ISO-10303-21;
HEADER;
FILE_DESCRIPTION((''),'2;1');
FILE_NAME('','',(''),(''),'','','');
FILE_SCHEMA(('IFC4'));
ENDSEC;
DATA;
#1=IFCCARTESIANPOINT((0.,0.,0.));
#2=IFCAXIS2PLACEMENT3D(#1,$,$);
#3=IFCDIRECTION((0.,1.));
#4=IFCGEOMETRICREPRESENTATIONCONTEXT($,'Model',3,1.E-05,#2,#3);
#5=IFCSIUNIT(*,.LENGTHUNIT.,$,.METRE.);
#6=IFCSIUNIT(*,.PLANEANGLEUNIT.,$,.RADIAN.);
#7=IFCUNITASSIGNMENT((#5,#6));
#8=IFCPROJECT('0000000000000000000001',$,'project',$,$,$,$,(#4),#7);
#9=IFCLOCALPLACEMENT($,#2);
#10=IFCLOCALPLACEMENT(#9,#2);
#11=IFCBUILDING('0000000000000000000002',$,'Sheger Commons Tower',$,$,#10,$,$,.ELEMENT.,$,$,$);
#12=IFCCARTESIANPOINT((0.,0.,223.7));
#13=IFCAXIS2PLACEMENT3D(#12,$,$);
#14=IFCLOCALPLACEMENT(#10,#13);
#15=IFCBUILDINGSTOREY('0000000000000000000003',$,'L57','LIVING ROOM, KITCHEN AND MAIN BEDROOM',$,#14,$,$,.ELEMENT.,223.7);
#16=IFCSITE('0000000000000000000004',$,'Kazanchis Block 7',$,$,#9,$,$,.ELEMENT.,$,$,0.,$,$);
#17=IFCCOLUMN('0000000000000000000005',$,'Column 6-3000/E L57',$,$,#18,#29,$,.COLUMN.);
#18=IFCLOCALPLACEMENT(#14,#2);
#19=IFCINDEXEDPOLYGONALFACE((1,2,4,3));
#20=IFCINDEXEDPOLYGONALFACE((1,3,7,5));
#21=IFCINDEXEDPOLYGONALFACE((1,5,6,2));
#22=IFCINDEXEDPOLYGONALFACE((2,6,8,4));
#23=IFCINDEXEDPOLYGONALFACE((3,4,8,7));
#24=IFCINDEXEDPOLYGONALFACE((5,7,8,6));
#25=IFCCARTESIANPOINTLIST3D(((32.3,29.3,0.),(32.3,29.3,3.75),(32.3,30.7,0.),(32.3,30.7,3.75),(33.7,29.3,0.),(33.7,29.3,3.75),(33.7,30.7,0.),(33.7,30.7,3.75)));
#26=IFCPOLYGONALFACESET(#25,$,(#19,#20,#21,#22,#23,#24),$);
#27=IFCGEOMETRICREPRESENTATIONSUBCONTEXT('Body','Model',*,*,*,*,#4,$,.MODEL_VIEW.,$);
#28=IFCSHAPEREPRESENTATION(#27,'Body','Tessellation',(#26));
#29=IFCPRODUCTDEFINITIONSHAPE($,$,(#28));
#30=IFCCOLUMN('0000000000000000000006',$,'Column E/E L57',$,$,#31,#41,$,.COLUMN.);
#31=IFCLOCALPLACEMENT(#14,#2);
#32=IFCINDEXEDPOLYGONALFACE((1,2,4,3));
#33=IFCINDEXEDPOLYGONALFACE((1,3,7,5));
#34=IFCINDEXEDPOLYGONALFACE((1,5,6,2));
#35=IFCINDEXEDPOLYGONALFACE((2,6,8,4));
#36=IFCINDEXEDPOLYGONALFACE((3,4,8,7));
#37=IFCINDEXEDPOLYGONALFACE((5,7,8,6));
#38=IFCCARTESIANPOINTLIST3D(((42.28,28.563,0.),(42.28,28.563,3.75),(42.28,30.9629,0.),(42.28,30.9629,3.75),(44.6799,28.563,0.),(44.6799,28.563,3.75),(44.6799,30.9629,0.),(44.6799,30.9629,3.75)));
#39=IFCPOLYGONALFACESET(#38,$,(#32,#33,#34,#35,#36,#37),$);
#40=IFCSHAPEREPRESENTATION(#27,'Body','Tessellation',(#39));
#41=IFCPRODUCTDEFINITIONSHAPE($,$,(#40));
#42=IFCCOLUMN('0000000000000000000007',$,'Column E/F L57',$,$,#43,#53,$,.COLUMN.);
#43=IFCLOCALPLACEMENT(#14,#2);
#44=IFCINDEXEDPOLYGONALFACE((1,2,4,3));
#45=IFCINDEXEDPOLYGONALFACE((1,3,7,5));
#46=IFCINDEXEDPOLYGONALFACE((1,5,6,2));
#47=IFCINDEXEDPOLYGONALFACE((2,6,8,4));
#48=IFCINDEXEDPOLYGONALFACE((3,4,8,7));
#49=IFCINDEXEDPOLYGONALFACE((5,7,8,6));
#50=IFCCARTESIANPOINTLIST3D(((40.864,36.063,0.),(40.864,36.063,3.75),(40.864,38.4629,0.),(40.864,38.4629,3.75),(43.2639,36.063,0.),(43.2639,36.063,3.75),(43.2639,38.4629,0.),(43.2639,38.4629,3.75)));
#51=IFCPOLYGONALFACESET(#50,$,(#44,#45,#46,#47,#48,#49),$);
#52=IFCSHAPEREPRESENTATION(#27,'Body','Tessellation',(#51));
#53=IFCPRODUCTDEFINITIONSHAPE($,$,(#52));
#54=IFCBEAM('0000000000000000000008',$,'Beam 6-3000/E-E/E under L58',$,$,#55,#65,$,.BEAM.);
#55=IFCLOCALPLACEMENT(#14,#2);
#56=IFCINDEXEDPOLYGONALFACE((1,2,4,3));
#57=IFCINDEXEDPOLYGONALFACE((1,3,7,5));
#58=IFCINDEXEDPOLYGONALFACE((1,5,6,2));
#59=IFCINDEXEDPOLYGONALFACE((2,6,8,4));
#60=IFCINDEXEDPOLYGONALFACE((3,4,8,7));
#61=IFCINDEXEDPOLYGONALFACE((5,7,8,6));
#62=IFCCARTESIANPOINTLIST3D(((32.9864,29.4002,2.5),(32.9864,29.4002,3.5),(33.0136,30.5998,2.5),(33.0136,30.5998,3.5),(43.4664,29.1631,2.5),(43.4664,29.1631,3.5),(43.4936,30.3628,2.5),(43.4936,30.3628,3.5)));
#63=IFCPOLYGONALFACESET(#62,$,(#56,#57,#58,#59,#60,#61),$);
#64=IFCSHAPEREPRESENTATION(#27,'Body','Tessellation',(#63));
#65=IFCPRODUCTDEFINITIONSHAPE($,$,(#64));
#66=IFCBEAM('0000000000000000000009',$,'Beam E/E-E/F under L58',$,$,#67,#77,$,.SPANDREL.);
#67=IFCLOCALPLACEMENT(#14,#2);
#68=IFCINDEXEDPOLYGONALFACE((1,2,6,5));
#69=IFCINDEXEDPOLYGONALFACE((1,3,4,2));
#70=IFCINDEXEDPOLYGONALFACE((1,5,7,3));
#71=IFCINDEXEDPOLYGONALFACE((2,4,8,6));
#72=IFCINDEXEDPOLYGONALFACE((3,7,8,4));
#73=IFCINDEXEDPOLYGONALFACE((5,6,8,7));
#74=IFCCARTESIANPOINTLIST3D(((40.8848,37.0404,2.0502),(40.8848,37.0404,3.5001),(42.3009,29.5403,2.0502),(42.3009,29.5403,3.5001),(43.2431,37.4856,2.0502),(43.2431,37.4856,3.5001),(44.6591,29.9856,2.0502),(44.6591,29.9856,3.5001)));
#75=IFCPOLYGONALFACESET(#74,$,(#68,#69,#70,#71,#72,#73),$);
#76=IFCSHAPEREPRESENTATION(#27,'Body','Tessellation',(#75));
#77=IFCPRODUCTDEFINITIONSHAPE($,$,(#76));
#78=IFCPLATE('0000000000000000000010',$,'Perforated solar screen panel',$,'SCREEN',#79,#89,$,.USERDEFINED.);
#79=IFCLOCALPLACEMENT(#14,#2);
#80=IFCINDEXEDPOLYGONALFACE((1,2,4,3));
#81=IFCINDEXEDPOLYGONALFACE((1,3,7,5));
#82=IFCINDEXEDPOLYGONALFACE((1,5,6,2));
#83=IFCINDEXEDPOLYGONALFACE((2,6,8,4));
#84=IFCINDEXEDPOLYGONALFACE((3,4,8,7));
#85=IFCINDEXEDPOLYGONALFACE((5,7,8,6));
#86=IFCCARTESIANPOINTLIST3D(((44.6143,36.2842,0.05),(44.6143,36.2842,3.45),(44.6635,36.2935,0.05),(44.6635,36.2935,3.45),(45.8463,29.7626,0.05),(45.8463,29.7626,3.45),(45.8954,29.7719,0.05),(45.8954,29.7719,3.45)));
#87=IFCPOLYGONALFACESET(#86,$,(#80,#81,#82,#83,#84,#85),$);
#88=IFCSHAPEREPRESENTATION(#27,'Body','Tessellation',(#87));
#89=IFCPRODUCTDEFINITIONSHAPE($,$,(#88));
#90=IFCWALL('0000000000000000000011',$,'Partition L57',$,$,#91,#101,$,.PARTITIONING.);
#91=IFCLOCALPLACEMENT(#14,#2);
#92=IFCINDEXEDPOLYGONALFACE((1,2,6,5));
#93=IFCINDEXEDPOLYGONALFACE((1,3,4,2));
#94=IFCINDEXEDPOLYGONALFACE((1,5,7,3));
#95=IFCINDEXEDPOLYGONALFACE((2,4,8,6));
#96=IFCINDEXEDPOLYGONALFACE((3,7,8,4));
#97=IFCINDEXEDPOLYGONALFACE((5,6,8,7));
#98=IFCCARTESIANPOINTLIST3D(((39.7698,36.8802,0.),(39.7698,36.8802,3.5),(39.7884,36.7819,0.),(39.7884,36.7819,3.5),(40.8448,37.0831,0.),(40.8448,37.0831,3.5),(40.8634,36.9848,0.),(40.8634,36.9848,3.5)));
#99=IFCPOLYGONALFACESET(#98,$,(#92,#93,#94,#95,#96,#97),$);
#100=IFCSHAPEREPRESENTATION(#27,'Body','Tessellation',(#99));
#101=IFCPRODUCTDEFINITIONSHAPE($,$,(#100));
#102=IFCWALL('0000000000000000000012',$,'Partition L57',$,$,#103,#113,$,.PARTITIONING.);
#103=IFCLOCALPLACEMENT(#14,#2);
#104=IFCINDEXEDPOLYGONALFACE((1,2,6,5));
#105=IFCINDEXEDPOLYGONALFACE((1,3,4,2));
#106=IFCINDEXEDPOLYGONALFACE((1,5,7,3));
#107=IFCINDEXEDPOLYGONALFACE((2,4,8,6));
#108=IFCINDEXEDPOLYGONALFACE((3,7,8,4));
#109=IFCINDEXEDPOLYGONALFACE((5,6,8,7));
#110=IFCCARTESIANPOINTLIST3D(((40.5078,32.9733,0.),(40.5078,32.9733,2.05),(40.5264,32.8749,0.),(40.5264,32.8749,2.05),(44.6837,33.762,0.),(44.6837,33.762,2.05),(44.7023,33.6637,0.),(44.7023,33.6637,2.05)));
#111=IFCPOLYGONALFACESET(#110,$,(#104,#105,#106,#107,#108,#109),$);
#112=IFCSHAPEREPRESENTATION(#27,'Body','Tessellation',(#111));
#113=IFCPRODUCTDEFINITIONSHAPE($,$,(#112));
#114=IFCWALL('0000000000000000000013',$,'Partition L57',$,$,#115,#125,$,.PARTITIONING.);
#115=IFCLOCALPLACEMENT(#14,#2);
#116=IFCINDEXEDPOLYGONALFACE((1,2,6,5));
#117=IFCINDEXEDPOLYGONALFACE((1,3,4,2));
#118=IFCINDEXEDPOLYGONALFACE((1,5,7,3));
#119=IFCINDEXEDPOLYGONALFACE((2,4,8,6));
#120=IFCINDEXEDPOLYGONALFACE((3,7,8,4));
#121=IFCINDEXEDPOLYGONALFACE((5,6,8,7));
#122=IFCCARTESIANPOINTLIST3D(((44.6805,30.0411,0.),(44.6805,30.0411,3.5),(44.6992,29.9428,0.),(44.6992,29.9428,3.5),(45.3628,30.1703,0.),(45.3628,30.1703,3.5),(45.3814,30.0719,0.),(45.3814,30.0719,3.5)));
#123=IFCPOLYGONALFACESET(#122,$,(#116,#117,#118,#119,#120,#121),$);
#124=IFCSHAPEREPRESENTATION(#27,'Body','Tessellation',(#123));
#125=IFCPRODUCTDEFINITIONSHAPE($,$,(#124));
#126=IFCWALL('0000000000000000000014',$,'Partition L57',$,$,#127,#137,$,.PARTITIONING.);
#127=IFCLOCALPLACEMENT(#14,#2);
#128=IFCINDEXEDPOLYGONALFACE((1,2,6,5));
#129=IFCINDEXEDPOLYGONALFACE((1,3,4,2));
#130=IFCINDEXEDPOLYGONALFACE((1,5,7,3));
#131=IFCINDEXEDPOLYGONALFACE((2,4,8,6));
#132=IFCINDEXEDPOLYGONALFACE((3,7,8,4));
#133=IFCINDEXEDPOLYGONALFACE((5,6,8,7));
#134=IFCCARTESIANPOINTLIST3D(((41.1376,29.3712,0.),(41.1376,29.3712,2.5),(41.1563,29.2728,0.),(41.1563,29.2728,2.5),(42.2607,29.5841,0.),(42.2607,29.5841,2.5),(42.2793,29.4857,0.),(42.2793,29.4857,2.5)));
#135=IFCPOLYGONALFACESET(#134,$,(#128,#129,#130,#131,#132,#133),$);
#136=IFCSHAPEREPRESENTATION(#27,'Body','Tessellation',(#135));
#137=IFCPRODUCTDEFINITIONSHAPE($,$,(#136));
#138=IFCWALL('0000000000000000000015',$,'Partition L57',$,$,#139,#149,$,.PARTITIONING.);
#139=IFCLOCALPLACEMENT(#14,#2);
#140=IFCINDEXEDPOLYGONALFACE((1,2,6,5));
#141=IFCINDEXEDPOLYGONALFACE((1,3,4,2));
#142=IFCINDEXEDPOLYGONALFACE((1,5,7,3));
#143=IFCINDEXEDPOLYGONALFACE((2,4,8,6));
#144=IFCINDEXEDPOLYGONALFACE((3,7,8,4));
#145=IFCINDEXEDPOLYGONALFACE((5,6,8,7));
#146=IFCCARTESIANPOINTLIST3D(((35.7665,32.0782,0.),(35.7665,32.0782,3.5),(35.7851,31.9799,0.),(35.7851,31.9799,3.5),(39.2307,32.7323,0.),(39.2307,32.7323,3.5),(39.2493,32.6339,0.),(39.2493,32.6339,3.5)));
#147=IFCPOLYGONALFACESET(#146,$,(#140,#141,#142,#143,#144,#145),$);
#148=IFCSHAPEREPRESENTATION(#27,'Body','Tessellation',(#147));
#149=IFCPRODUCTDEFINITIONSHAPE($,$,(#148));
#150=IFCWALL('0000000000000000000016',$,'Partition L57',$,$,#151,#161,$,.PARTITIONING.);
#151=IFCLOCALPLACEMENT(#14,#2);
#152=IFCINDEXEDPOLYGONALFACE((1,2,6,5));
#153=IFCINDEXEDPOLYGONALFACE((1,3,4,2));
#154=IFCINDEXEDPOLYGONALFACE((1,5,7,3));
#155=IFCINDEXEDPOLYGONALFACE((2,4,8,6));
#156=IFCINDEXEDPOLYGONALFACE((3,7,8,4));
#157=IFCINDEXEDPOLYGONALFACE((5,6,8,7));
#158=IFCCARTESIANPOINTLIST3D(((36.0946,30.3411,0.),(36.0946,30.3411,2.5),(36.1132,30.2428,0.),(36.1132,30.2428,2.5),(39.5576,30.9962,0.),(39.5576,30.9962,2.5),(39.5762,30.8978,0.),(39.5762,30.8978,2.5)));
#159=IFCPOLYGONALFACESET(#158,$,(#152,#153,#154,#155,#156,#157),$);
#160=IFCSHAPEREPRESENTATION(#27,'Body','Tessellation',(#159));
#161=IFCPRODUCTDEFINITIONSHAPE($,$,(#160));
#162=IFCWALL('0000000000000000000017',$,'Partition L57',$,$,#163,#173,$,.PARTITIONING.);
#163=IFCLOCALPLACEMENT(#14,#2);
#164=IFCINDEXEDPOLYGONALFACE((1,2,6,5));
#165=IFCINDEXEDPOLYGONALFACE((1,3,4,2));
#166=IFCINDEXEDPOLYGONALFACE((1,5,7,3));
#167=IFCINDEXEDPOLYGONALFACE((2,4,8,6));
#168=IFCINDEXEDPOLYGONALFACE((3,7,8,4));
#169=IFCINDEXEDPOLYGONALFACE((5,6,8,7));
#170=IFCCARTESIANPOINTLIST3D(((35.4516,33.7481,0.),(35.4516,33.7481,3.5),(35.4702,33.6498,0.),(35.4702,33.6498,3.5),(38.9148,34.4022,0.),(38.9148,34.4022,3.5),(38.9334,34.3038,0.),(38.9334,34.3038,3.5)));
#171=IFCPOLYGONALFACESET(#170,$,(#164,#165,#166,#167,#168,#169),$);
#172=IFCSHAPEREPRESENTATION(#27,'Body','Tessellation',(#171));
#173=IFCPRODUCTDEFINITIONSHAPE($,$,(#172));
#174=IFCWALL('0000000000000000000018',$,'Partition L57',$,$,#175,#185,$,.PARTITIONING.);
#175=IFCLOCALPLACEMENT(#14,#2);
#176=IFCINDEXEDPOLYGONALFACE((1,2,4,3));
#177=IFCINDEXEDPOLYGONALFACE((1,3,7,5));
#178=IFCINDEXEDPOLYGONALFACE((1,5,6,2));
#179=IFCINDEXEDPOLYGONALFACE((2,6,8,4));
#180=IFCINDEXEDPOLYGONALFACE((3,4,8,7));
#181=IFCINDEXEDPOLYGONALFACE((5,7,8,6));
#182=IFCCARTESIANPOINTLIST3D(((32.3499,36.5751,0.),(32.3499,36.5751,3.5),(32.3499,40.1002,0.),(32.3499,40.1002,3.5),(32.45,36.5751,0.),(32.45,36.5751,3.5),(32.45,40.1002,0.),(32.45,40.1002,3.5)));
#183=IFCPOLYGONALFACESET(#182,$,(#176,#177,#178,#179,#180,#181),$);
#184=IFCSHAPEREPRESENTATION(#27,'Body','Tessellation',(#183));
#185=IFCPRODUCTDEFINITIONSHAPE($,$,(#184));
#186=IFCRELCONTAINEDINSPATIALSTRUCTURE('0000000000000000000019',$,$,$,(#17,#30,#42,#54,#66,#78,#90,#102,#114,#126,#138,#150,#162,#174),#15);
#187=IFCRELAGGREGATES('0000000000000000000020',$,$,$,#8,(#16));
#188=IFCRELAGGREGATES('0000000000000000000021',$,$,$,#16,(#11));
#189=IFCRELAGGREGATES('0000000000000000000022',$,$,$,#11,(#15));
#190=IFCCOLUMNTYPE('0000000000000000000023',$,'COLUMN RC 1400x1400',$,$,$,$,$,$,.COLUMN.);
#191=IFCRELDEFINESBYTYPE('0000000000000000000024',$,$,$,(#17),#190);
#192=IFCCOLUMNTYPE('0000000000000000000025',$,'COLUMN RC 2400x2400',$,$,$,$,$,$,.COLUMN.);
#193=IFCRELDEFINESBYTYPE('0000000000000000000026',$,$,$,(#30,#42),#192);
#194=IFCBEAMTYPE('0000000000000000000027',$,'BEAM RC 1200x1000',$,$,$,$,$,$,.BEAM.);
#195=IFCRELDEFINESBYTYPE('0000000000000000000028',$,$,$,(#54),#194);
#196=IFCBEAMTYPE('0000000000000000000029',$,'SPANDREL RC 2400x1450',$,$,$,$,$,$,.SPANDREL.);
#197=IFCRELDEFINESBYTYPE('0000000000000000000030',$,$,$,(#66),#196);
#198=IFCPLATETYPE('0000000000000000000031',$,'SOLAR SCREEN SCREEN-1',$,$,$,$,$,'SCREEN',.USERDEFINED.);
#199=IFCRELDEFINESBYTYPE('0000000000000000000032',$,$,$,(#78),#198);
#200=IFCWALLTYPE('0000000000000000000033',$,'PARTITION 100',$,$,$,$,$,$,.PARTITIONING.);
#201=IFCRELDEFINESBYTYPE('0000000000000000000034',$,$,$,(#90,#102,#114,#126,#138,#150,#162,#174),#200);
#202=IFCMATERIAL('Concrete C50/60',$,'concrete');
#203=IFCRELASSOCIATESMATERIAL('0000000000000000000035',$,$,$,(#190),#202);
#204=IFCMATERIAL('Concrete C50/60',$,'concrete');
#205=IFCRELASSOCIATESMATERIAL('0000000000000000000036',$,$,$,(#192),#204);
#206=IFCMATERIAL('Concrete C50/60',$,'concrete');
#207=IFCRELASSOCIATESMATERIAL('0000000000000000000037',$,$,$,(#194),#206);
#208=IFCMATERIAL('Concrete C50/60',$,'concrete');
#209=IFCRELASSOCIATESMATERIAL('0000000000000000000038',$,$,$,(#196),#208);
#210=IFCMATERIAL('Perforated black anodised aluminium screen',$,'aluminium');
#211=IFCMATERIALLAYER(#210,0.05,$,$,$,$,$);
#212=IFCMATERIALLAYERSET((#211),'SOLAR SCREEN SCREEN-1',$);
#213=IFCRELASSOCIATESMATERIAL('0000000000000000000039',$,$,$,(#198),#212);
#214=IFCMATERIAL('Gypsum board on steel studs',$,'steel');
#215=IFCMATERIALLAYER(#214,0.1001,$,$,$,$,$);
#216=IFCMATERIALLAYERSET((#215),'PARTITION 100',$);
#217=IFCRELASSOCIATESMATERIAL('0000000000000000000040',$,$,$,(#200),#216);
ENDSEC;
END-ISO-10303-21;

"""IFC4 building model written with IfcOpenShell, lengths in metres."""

from ifc_helpers import new_model, si_unit, direction, frame, frame_2d, origin, origin_2d, place, context, subcontext, project, spatial, rectangle, extrude, material, layer, layer_set, material_profile, profile_set, type_object, element, save


model = new_model("IFC4")

# Units and contexts
model_context = context("Model", 3, precision=1e-05, world=origin(), true_north=direction((0.0, 1.0)))
body_context = subcontext(model_context, "Body", "Model", "MODEL_VIEW")
ifc_project = project(units=[si_unit("LENGTHUNIT", "METRE"), si_unit("PLANEANGLEUNIT", "RADIAN")], contexts=[model_context])

# Site, building, storey
site_placement = place(None, origin())
site = spatial("IfcSite", under=ifc_project, at=site_placement, Name="Kazanchis Block 7", CompositionType="ELEMENT", RefElevation=0.0)
building_placement = place(site_placement, origin())
building = spatial("IfcBuilding", under=site, at=building_placement, Name="Sheger Commons Tower", CompositionType="ELEMENT")
storey_placement = place(building_placement, frame((0.0, 0.0, 223.7)))
storey = spatial("IfcBuildingStorey", under=building, at=storey_placement, Name="L57", Description="LIVING ROOM, KITCHEN AND MAIN BEDROOM", CompositionType="ELEMENT", Elevation=223.7)

# Columns
ifc_material_1 = material(Name="Concrete C50/60", Category="concrete")
ifc_material_profile_1 = material_profile(ifc_material_1, rectangle(XDim=1.3999, YDim=1.3999, at=origin_2d()), Name="RC 1400x1400")
ifc_profile_set_1 = profile_set([ifc_material_profile_1], Name="Concrete C50/60")
column_type_1 = type_object("IfcColumnType", Name="COLUMN RC 1400x1400", PredefinedType="COLUMN", material=ifc_profile_set_1)
column_placement = place(storey_placement, frame((33.0, 30.0, 0.0), z_axis=(0.0, 0.0, 1.0), x_axis=(1.0, 0.0, 0.0)))
element("IfcColumn", 1, at=column_placement, inside=storey, type_object=column_type_1, Name="Column 6-3000/E L57", PredefinedType="COLUMN", context=body_context, shape_type="SweptSolid", body=[
    extrude(rectangle(XDim=1.3999, YDim=1.3999, at=origin_2d()), origin(), (0.0, 0.0, 1.0), 3.75),
])
ifc_material_2 = material(Name="Concrete C50/60", Category="concrete")
ifc_material_profile_2 = material_profile(ifc_material_2, rectangle(XDim=2.3999, YDim=2.3999, at=origin_2d()), Name="RC 2400x2400")
ifc_profile_set_2 = profile_set([ifc_material_profile_2], Name="Concrete C50/60")
column_type_2 = type_object("IfcColumnType", Name="COLUMN RC 2400x2400", PredefinedType="COLUMN", material=ifc_profile_set_2)
for number, where, z_axis, x_axis, name in (
    (2, (43.48, 29.7629, 0.0), (0.0, 0.0, 1.0), (1.0, 0.0, 0.0), "Column E/E L57"),
    (3, (42.064, 37.2629, 0.0), (0.0, 0.0, 1.0), (1.0, 0.0, 0.0), "Column E/F L57"),
):
    element("IfcColumn", number, at=place(storey_placement, frame(where, z_axis=z_axis, x_axis=x_axis)), inside=storey, type_object=column_type_2, Name=name, PredefinedType="COLUMN", context=body_context, shape_type="SweptSolid", body=[
        extrude(rectangle(XDim=2.3999, YDim=2.3999, at=origin_2d()), origin(), (0.0, 0.0, 1.0), 3.75),
    ])

# Beams
ifc_material_3 = material(Name="Concrete C50/60", Category="concrete")
ifc_material_profile_3 = material_profile(ifc_material_3, rectangle(XDim=1.2, YDim=1.0, at=origin_2d()), Name="RC 1200x1000")
ifc_profile_set_3 = profile_set([ifc_material_profile_3], Name="Concrete C50/60")
beam_type_1 = type_object("IfcBeamType", Name="BEAM RC 1200x1000", PredefinedType="BEAM", material=ifc_profile_set_3)
beam_1_placement = place(storey_placement, frame((33.0, 30.0, 3.0), z_axis=(0.999744, -0.022615, 0.0), x_axis=(0.022615, 0.999744, 0.0)))
element("IfcBeam", 4, at=beam_1_placement, inside=storey, type_object=beam_type_1, Name="Beam 6-3000/E-E/E under L58", PredefinedType="BEAM", context=body_context, shape_type="SweptSolid", body=[
    extrude(rectangle(XDim=1.2, YDim=1.0, at=origin_2d()), origin(), (0.0, 0.0, 1.0), 10.4827),
])
ifc_material_4 = material(Name="Concrete C50/60", Category="concrete")
ifc_material_profile_4 = material_profile(ifc_material_4, rectangle(XDim=2.3999, YDim=1.45, at=origin_2d()), Name="RC 2400x1450")
ifc_profile_set_4 = profile_set([ifc_material_profile_4], Name="Concrete C50/60")
beam_type_2 = type_object("IfcBeamType", Name="SPANDREL RC 2400x1450", PredefinedType="SPANDREL", material=ifc_profile_set_4)
beam_2_placement = place(storey_placement, frame((43.48, 29.7629, 2.7751), z_axis=(-0.185524, 0.98264, 0.0), x_axis=(-0.98264, -0.185524, 0.0)))
element("IfcBeam", 5, at=beam_2_placement, inside=storey, type_object=beam_type_2, Name="Beam E/E-E/F under L58", PredefinedType="SPANDREL", context=body_context, shape_type="SweptSolid", body=[
    extrude(rectangle(XDim=2.3999, YDim=1.45, at=origin_2d()), origin(), (0.0, 0.0, 1.0), 7.6326),
])

# Plate
ifc_material_5 = material(Name="Perforated black anodised aluminium screen", Category="aluminium")
ifc_layer_1 = layer(ifc_material_5, 0.05)
ifc_layer_set_1 = layer_set([ifc_layer_1], Name="SOLAR SCREEN SCREEN-1")
plate_type = type_object("IfcPlateType", Name="SOLAR SCREEN SCREEN-1", ElementType="SCREEN", PredefinedType="USERDEFINED", material=ifc_layer_set_1)
plate_placement = place(storey_placement, frame((45.2549, 33.0281, 0.05), z_axis=(0.0, 0.0, 1.0), x_axis=(-0.185615, 0.982623, 0.0)))
element("IfcPlate", 6, at=plate_placement, inside=storey, type_object=plate_type, Name="Perforated solar screen panel", ObjectType="SCREEN", PredefinedType="USERDEFINED", context=body_context, shape_type="SweptSolid", body=[
    extrude(rectangle(XDim=6.637, YDim=0.05, at=origin_2d()), origin(), (0.0, 0.0, 1.0), 3.3999),
])

# Walls
ifc_material_6 = material(Name="Gypsum board on steel studs", Category="steel")
ifc_layer_2 = layer(ifc_material_6, 0.1001)
ifc_layer_set_2 = layer_set([ifc_layer_2], Name="PARTITION 100")
wall_type_1 = type_object("IfcWallType", Name="PARTITION 100", PredefinedType="PARTITIONING", material=ifc_layer_set_2)
wall_1_placement = place(storey_placement, frame((40.854, 37.0339, 0.0), z_axis=(0.0, 0.0, 1.0), x_axis=(-0.982652, -0.185461, 0.0)))
element("IfcWall", 7, at=wall_1_placement, inside=storey, type_object=wall_type_1, Name="Partition L57", PredefinedType="PARTITIONING", context=body_context, shape_type="SweptSolid", body=[
    extrude(rectangle(XDim=1.094, YDim=0.1001, at=frame_2d((0.5469, 0.0))), origin(), (0.0, 0.0, 1.0), 3.5),
])
wall_2_placement = place(storey_placement, frame((44.6931, 33.7129, 0.0), z_axis=(0.0, 0.0, 1.0), x_axis=(-0.982624, -0.18561, 0.0)))
element("IfcWall", 8, at=wall_2_placement, inside=storey, type_object=wall_type_1, Name="Partition L57", PredefinedType="PARTITIONING", context=body_context, shape_type="SweptSolid", body=[
    extrude(rectangle(XDim=4.2498, YDim=0.1001, at=frame_2d((2.125, 0.0))), origin(), (0.0, 0.0, 1.0), 2.05),
])
wall_3_placement = place(storey_placement, frame((45.3721, 30.1211, 0.0), z_axis=(0.0, 0.0, 1.0), x_axis=(-0.982544, -0.186029, 0.0)))
element("IfcWall", 9, at=wall_3_placement, inside=storey, type_object=wall_type_1, Name="Partition L57", PredefinedType="PARTITIONING", context=body_context, shape_type="SweptSolid", body=[
    extrude(rectangle(XDim=0.6943, YDim=0.1001, at=frame_2d((0.3472, 0.0))), origin(), (0.0, 0.0, 1.0), 3.5),
])
wall_4_placement = place(storey_placement, frame((42.27, 29.5349, 0.0), z_axis=(0.0, 0.0, 1.0), x_axis=(-0.982503, -0.186248, 0.0)))
element("IfcWall", 10, at=wall_4_placement, inside=storey, type_object=wall_type_1, Name="Partition L57", PredefinedType="PARTITIONING", context=body_context, shape_type="SweptSolid", body=[
    extrude(rectangle(XDim=1.1431, YDim=0.1001, at=frame_2d((0.5715, 0.0))), origin(), (0.0, 0.0, 1.0), 2.5),
])
wall_5_placement = place(storey_placement, frame((39.24, 32.6831, 0.0), z_axis=(0.0, 0.0, 1.0), x_axis=(-0.982639, -0.18553, 0.0)))
element("IfcWall", 11, at=wall_5_placement, inside=storey, type_object=wall_type_1, Name="Partition L57", PredefinedType="PARTITIONING", context=body_context, shape_type="SweptSolid", body=[
    extrude(rectangle(XDim=3.5254, YDim=0.1001, at=frame_2d((1.7627, 0.0))), origin(), (0.0, 0.0, 1.0), 3.5),
])
wall_6_placement = place(storey_placement, frame((39.5669, 30.947, 0.0), z_axis=(0.0, 0.0, 1.0), x_axis=(-0.982576, -0.185861, 0.0)))
element("IfcWall", 12, at=wall_6_placement, inside=storey, type_object=wall_type_1, Name="Partition L57", PredefinedType="PARTITIONING", context=body_context, shape_type="SweptSolid", body=[
    extrude(rectangle(XDim=3.5244, YDim=0.1001, at=frame_2d((1.7622, 0.0))), origin(), (0.0, 0.0, 1.0), 2.5),
])
wall_7_placement = place(storey_placement, frame((38.9241, 34.353, 0.0), z_axis=(0.0, 0.0, 1.0), x_axis=(-0.982629, -0.185581, 0.0)))
element("IfcWall", 13, at=wall_7_placement, inside=storey, type_object=wall_type_1, Name="Partition L57", PredefinedType="PARTITIONING", context=body_context, shape_type="SweptSolid", body=[
    extrude(rectangle(XDim=3.5244, YDim=0.1001, at=frame_2d((1.7622, 0.0))), origin(), (0.0, 0.0, 1.0), 3.5),
])
wall_8_placement = place(storey_placement, frame((32.3999, 36.575, 0.0), z_axis=(0.0, 0.0, 1.0), x_axis=(0.0, 1.0, 0.0)))
element("IfcWall", 14, at=wall_8_placement, inside=storey, type_object=wall_type_1, Name="Partition L57", PredefinedType="PARTITIONING", context=body_context, shape_type="SweptSolid", body=[
    extrude(rectangle(XDim=3.5251, YDim=0.1001, at=frame_2d((1.7627, 0.0))), origin(), (0.0, 0.0, 1.0), 3.5),
])

save(model, "model.ifc")
